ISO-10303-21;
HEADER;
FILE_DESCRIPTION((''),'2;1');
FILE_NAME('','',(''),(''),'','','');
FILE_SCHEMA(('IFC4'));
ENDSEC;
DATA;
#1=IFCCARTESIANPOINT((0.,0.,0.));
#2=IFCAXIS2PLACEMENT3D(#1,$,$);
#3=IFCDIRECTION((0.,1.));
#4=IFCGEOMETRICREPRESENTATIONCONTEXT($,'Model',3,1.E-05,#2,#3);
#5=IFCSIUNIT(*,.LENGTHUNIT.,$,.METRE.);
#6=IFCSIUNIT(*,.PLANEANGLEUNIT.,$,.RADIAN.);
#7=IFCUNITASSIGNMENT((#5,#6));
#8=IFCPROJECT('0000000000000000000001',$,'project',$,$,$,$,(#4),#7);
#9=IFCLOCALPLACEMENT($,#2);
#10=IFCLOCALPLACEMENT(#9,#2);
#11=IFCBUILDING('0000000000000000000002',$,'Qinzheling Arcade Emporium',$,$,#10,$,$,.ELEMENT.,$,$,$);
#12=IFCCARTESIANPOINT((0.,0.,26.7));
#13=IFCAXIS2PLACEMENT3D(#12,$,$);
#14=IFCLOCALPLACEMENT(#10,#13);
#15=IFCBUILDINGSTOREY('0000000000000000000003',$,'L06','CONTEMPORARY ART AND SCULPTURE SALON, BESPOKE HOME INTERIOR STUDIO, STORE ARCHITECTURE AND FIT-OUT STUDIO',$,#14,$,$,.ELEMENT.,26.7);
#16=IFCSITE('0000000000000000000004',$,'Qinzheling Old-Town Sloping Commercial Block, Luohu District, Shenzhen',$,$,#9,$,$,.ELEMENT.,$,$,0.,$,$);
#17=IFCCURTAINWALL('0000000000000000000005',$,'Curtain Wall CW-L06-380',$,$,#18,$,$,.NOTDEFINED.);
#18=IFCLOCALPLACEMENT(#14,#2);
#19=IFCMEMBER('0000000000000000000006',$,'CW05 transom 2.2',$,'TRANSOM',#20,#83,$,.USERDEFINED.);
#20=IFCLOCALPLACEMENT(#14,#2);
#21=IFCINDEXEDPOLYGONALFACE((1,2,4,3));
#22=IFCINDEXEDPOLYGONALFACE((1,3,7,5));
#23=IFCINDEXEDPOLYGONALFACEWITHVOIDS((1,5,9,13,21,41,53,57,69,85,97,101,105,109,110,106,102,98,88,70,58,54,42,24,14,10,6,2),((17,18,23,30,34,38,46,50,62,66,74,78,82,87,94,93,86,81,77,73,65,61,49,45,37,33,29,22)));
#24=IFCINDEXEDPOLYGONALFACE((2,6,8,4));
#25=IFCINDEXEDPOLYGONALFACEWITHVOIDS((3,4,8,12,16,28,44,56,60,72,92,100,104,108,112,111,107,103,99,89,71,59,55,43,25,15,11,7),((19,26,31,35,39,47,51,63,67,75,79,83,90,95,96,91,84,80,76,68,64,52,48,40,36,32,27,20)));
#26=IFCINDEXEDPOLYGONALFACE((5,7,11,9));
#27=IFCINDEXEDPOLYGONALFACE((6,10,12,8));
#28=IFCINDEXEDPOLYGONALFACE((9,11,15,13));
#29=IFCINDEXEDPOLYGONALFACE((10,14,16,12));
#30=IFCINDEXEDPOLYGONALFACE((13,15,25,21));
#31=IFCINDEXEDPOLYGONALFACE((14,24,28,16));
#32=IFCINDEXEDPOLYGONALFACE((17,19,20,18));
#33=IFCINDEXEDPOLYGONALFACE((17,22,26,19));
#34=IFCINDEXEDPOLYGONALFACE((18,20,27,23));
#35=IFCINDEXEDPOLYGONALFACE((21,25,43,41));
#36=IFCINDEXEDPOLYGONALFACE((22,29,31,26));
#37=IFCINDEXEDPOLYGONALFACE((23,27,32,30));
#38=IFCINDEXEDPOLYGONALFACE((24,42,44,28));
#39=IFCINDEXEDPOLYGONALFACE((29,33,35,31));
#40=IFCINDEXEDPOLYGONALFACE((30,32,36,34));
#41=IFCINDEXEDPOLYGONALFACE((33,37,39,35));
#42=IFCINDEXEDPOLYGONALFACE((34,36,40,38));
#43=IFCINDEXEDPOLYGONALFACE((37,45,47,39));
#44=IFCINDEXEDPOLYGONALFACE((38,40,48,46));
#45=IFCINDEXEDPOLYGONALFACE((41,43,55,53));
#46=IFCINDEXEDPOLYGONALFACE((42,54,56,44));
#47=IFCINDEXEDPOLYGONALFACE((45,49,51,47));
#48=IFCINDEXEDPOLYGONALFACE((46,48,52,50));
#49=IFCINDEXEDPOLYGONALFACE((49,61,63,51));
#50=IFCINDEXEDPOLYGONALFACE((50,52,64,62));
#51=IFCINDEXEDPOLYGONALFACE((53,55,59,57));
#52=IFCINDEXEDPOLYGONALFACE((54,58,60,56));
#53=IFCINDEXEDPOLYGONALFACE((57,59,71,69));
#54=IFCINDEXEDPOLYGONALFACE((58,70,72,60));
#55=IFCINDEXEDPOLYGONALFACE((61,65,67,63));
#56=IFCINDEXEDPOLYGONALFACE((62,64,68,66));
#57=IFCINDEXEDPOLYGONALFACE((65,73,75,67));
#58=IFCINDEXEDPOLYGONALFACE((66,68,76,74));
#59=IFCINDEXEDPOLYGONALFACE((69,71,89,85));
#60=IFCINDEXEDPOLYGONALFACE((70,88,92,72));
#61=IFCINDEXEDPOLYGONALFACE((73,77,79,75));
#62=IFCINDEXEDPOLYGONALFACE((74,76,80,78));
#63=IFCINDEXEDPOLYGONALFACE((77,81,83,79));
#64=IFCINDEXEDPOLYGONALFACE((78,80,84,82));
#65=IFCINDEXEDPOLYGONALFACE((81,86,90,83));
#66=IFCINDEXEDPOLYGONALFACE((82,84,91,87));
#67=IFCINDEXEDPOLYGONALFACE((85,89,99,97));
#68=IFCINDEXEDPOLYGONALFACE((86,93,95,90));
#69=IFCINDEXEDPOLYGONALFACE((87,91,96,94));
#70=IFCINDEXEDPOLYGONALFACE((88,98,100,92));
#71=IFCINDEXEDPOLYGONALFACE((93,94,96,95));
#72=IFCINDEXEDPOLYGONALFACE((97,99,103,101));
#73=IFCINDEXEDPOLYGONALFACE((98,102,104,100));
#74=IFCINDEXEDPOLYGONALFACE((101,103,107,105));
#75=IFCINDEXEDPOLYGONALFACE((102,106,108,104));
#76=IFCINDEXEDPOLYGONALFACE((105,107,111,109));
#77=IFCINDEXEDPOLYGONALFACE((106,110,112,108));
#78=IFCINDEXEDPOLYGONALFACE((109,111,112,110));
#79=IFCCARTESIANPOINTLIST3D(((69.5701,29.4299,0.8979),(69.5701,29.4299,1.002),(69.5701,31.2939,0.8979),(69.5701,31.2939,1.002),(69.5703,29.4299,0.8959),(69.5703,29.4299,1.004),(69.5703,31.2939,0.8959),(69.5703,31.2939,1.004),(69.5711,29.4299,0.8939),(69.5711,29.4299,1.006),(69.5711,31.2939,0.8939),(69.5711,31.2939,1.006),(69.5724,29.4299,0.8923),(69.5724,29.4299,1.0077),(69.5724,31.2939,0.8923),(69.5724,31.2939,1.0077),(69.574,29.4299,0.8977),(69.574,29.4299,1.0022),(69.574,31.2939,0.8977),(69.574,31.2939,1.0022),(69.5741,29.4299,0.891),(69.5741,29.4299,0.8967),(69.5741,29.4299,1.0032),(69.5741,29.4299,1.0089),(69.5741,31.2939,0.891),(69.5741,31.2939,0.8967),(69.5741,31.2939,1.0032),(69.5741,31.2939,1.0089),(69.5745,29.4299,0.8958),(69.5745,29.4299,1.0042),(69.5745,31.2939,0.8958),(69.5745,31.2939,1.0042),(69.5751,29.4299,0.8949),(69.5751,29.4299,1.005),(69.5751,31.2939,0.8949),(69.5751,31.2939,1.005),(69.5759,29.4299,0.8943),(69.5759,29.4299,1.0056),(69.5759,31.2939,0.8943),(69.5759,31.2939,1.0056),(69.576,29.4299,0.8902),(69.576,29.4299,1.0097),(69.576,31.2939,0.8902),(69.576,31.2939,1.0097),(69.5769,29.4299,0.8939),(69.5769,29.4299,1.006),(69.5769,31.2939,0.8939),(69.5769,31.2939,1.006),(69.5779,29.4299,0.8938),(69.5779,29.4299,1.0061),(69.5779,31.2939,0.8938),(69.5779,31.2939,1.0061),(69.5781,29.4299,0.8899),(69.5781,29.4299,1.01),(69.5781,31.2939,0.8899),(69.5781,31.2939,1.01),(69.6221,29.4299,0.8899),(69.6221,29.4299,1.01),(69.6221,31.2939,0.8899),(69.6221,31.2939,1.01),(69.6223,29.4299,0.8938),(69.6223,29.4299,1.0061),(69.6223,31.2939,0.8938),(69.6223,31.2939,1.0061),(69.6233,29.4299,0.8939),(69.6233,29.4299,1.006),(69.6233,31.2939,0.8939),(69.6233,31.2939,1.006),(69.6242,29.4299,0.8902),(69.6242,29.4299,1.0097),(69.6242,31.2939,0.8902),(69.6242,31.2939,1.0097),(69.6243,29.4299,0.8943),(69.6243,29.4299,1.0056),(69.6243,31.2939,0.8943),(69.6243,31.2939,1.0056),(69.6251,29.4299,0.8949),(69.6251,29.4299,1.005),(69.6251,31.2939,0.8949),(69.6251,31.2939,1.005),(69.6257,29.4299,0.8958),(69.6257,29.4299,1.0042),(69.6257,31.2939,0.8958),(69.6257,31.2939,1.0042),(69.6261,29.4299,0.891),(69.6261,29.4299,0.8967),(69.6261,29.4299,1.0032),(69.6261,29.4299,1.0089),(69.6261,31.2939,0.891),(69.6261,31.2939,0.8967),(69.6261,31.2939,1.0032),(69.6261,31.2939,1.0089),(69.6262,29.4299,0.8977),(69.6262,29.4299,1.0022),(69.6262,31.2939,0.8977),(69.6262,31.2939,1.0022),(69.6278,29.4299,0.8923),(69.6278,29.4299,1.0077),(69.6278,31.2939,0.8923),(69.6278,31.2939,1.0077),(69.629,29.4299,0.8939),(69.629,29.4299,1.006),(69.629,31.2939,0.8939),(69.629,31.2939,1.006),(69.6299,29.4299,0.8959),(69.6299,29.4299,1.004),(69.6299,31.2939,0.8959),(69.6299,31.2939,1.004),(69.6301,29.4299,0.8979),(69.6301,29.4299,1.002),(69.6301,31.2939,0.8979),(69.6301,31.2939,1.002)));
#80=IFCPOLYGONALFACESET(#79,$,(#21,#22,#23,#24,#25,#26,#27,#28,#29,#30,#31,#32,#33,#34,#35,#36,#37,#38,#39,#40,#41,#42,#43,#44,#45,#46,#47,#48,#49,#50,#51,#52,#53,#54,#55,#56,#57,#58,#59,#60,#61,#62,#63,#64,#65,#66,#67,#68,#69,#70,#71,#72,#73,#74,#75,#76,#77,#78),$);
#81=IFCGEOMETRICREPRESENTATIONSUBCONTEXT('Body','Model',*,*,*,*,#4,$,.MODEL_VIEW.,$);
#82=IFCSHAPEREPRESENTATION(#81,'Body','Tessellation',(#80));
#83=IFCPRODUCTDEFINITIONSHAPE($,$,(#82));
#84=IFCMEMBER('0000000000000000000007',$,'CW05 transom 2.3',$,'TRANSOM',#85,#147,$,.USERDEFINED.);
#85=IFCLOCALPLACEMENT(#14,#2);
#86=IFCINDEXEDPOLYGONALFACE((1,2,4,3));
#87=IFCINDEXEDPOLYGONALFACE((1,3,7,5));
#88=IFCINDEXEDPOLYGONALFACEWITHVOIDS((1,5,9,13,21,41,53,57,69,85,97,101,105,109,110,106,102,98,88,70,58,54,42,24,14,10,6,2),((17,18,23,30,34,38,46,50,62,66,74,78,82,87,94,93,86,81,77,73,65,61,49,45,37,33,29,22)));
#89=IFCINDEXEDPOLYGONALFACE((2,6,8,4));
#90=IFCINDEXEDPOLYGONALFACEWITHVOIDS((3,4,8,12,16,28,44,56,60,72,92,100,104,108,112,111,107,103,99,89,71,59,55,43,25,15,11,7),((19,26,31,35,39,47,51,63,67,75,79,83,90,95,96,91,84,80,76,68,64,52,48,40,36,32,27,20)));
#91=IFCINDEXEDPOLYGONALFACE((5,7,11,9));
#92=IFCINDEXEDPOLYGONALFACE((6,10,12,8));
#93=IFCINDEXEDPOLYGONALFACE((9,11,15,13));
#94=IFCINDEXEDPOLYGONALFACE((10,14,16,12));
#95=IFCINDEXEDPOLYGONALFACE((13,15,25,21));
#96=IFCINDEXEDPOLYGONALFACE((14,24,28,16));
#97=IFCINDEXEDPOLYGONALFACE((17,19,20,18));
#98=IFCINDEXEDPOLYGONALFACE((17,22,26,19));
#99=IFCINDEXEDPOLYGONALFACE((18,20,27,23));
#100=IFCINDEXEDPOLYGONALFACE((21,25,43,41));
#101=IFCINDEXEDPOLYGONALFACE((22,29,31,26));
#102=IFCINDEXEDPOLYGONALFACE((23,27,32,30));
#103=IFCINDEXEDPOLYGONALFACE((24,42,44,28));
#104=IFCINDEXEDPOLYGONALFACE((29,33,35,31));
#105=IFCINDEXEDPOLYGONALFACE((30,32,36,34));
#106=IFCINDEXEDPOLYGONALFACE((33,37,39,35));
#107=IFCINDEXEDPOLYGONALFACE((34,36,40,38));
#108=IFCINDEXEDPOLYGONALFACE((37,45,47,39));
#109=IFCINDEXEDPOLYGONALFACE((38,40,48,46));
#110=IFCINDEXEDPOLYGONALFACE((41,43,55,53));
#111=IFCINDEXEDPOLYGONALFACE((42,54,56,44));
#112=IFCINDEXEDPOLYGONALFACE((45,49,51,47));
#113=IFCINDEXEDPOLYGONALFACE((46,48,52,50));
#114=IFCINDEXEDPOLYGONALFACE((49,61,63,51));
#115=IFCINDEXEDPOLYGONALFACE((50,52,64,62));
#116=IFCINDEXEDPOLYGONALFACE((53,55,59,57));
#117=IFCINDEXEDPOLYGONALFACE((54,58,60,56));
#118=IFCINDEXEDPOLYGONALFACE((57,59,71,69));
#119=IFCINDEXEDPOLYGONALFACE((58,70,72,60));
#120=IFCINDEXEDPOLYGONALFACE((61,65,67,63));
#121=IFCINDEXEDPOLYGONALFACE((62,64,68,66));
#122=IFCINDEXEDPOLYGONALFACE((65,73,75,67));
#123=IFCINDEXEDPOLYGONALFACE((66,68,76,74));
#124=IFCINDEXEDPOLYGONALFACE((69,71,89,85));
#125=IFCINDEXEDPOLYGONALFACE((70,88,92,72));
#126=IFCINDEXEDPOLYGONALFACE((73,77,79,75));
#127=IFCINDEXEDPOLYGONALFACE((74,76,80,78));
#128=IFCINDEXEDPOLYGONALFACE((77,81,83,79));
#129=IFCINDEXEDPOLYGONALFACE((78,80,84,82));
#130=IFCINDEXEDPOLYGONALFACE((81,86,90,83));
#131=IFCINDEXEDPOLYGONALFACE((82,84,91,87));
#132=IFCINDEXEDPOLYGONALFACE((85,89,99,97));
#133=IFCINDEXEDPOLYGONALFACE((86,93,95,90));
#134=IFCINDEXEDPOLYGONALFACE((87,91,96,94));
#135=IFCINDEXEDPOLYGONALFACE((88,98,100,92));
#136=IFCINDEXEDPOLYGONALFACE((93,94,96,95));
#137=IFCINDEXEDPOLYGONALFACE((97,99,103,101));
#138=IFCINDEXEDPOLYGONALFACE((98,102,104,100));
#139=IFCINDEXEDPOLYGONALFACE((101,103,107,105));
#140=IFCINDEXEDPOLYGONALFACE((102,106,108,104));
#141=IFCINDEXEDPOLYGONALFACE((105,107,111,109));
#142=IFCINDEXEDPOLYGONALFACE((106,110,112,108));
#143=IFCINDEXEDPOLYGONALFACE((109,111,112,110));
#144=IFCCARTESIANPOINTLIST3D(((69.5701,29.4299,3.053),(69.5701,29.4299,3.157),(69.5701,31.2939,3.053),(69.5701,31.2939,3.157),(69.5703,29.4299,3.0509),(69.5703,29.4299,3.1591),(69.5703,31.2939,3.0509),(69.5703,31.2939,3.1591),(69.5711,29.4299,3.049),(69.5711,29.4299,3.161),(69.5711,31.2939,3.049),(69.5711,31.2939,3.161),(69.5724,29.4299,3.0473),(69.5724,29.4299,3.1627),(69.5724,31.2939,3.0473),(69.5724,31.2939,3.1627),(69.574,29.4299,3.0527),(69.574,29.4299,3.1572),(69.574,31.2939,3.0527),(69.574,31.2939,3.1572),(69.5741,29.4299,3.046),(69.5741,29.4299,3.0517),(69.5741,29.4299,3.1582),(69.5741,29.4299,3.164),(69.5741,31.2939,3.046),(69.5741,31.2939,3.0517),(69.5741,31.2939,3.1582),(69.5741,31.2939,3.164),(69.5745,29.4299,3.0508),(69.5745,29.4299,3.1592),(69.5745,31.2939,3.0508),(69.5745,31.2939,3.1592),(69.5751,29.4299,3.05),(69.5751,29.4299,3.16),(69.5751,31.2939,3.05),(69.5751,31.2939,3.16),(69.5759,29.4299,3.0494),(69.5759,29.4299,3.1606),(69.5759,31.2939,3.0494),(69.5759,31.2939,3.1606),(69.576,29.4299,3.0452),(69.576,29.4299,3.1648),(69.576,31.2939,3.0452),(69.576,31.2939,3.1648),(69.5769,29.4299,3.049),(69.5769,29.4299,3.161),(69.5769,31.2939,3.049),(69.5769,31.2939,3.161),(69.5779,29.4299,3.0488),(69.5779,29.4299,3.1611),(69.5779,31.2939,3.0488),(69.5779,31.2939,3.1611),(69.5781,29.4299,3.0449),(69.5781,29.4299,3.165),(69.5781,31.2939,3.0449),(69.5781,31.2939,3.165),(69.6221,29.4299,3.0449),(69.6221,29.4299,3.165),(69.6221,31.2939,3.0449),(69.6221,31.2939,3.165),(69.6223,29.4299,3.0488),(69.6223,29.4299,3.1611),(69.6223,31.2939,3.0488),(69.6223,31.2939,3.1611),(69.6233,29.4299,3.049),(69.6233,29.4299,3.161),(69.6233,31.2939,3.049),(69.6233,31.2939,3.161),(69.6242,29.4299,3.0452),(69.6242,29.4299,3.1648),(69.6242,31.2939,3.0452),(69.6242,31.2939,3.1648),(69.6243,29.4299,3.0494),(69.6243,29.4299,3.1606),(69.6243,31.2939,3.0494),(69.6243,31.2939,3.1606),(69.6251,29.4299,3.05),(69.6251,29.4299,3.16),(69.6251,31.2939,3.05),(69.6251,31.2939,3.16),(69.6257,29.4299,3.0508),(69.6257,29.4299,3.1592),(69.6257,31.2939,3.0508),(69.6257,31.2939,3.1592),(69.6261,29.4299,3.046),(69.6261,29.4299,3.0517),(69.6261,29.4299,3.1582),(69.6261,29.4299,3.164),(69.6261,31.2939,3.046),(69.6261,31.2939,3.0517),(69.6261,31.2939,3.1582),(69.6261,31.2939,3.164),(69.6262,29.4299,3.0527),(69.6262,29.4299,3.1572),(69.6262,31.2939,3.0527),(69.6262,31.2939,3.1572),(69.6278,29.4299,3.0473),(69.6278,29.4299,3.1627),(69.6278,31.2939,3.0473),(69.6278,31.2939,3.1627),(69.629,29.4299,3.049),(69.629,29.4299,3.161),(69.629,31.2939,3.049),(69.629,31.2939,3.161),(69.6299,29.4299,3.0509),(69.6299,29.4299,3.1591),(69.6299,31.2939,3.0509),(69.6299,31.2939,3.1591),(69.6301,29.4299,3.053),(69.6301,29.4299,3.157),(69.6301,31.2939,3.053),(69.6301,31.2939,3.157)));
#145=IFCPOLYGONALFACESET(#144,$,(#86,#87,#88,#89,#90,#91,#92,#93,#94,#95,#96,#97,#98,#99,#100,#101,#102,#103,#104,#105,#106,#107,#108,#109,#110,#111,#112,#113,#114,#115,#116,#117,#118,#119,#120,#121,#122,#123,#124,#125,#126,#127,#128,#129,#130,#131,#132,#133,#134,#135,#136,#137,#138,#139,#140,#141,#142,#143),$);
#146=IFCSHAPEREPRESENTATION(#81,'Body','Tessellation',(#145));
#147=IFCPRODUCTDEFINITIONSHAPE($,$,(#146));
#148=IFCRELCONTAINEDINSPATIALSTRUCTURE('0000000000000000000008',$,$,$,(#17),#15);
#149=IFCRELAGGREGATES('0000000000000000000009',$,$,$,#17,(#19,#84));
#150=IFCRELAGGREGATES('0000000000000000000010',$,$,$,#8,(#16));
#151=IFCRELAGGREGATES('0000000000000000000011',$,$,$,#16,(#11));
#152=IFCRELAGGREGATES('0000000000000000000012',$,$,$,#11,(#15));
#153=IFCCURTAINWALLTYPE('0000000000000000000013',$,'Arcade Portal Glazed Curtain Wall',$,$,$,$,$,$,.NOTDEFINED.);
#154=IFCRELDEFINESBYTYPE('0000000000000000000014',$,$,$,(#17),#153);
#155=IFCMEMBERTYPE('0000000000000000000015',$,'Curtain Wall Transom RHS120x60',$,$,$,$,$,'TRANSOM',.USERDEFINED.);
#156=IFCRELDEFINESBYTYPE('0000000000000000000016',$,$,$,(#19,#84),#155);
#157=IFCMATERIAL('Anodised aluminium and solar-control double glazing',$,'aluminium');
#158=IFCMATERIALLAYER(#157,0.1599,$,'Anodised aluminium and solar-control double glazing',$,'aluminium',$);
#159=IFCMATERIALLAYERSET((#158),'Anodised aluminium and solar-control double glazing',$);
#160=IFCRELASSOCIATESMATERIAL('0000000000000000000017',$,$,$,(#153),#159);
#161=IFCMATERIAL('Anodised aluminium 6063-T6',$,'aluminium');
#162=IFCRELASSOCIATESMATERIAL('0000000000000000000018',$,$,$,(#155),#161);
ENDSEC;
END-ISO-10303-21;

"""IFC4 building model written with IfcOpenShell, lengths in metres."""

from ifc_helpers import new_model, si_unit, direction, frame, origin, origin_2d, place, context, subcontext, project, spatial, hollow_rectangle, extrude, material, layer, layer_set, material_profile, profile_set, type_object, element, aggregate, save


model = new_model("IFC4")

# Units and contexts
model_context = context("Model", 3, precision=1e-05, world=origin(), true_north=direction((0.0, 1.0)))
body_context = subcontext(model_context, "Body", "Model", "MODEL_VIEW")
ifc_project = project(units=[si_unit("LENGTHUNIT", "METRE"), si_unit("PLANEANGLEUNIT", "RADIAN")], contexts=[model_context])

# Site, building, storey
site_placement = place(None, origin())
site = spatial("IfcSite", under=ifc_project, at=site_placement, Name="Qinzheling Old-Town Sloping Commercial Block, Luohu District, Shenzhen", CompositionType="ELEMENT", RefElevation=0.0)
building_placement = place(site_placement, origin())
building = spatial("IfcBuilding", under=site, at=building_placement, Name="Qinzheling Arcade Emporium", CompositionType="ELEMENT")
storey_placement = place(building_placement, frame((0.0, 0.0, 26.7)))
storey = spatial("IfcBuildingStorey", under=building, at=storey_placement, Name="L06", Description="CONTEMPORARY ART AND SCULPTURE SALON, BESPOKE HOME INTERIOR STUDIO, STORE ARCHITECTURE AND FIT-OUT STUDIO", CompositionType="ELEMENT", Elevation=26.7)

# Curtain wall, members
ifc_material_1 = material(Name="Anodised aluminium and solar-control double glazing", Category="aluminium")
ifc_layer_1 = layer(ifc_material_1, 0.1599, Name="Anodised aluminium and solar-control double glazing", Category="aluminium")
ifc_layer_set_1 = layer_set([ifc_layer_1], Name="Anodised aluminium and solar-control double glazing")
curtain_wall_type = type_object("IfcCurtainWallType", Name="Arcade Portal Glazed Curtain Wall", PredefinedType="NOTDEFINED", material=ifc_layer_set_1)
curtain_wall_placement = place(storey_placement, origin())
curtain_wall = element("IfcCurtainWall", 1, at=curtain_wall_placement, inside=storey, type_object=curtain_wall_type, Name="Curtain Wall CW-L06-380", PredefinedType="NOTDEFINED")
ifc_material_2 = material(Name="Anodised aluminium 6063-T6", Category="aluminium")
ifc_material_profile_1 = material_profile(ifc_material_2, hollow_rectangle(XDim=0.0601, YDim=0.1201, WallThickness=0.0039, InnerFilletRadius=0.0039, OuterFilletRadius=0.0081, at=origin_2d()), Name="RHS 120x60x4", Category="aluminium")
ifc_profile_set_1 = profile_set([ifc_material_profile_1], Name="Anodised aluminium 6063-T6")
member_type_1 = type_object("IfcMemberType", Name="Curtain Wall Transom RHS120x60", ElementType="TRANSOM", PredefinedType="USERDEFINED", material=ifc_profile_set_1)
member_1_placement = place(storey_placement, frame((69.6001, 31.2939, 0.95), z_axis=(0.0, -1.0, 0.0), x_axis=(1.0, 0.0, 0.0)))
member_1 = element("IfcMember", 2, at=member_1_placement, type_object=member_type_1, Name="CW05 transom 2.2", ObjectType="TRANSOM", PredefinedType="USERDEFINED", context=body_context, shape_type="SweptSolid", body=[
    extrude(hollow_rectangle(XDim=0.0601, YDim=0.1201, WallThickness=0.0039, InnerFilletRadius=0.0039, OuterFilletRadius=0.0081, at=origin_2d()), origin(), (0.0, 0.0, 1.0), 1.864),
])
member_2_placement = place(storey_placement, frame((69.6001, 31.2939, 3.105), z_axis=(0.0, -1.0, 0.0), x_axis=(1.0, 0.0, 0.0)))
member_2 = element("IfcMember", 3, at=member_2_placement, type_object=member_type_1, Name="CW05 transom 2.3", ObjectType="TRANSOM", PredefinedType="USERDEFINED", context=body_context, shape_type="SweptSolid", body=[
    extrude(hollow_rectangle(XDim=0.0601, YDim=0.1201, WallThickness=0.0039, InnerFilletRadius=0.0039, OuterFilletRadius=0.0081, at=origin_2d()), origin(), (0.0, 0.0, 1.0), 1.864),
])
aggregate(curtain_wall, [member_1, member_2])

save(model, "model.ifc")
